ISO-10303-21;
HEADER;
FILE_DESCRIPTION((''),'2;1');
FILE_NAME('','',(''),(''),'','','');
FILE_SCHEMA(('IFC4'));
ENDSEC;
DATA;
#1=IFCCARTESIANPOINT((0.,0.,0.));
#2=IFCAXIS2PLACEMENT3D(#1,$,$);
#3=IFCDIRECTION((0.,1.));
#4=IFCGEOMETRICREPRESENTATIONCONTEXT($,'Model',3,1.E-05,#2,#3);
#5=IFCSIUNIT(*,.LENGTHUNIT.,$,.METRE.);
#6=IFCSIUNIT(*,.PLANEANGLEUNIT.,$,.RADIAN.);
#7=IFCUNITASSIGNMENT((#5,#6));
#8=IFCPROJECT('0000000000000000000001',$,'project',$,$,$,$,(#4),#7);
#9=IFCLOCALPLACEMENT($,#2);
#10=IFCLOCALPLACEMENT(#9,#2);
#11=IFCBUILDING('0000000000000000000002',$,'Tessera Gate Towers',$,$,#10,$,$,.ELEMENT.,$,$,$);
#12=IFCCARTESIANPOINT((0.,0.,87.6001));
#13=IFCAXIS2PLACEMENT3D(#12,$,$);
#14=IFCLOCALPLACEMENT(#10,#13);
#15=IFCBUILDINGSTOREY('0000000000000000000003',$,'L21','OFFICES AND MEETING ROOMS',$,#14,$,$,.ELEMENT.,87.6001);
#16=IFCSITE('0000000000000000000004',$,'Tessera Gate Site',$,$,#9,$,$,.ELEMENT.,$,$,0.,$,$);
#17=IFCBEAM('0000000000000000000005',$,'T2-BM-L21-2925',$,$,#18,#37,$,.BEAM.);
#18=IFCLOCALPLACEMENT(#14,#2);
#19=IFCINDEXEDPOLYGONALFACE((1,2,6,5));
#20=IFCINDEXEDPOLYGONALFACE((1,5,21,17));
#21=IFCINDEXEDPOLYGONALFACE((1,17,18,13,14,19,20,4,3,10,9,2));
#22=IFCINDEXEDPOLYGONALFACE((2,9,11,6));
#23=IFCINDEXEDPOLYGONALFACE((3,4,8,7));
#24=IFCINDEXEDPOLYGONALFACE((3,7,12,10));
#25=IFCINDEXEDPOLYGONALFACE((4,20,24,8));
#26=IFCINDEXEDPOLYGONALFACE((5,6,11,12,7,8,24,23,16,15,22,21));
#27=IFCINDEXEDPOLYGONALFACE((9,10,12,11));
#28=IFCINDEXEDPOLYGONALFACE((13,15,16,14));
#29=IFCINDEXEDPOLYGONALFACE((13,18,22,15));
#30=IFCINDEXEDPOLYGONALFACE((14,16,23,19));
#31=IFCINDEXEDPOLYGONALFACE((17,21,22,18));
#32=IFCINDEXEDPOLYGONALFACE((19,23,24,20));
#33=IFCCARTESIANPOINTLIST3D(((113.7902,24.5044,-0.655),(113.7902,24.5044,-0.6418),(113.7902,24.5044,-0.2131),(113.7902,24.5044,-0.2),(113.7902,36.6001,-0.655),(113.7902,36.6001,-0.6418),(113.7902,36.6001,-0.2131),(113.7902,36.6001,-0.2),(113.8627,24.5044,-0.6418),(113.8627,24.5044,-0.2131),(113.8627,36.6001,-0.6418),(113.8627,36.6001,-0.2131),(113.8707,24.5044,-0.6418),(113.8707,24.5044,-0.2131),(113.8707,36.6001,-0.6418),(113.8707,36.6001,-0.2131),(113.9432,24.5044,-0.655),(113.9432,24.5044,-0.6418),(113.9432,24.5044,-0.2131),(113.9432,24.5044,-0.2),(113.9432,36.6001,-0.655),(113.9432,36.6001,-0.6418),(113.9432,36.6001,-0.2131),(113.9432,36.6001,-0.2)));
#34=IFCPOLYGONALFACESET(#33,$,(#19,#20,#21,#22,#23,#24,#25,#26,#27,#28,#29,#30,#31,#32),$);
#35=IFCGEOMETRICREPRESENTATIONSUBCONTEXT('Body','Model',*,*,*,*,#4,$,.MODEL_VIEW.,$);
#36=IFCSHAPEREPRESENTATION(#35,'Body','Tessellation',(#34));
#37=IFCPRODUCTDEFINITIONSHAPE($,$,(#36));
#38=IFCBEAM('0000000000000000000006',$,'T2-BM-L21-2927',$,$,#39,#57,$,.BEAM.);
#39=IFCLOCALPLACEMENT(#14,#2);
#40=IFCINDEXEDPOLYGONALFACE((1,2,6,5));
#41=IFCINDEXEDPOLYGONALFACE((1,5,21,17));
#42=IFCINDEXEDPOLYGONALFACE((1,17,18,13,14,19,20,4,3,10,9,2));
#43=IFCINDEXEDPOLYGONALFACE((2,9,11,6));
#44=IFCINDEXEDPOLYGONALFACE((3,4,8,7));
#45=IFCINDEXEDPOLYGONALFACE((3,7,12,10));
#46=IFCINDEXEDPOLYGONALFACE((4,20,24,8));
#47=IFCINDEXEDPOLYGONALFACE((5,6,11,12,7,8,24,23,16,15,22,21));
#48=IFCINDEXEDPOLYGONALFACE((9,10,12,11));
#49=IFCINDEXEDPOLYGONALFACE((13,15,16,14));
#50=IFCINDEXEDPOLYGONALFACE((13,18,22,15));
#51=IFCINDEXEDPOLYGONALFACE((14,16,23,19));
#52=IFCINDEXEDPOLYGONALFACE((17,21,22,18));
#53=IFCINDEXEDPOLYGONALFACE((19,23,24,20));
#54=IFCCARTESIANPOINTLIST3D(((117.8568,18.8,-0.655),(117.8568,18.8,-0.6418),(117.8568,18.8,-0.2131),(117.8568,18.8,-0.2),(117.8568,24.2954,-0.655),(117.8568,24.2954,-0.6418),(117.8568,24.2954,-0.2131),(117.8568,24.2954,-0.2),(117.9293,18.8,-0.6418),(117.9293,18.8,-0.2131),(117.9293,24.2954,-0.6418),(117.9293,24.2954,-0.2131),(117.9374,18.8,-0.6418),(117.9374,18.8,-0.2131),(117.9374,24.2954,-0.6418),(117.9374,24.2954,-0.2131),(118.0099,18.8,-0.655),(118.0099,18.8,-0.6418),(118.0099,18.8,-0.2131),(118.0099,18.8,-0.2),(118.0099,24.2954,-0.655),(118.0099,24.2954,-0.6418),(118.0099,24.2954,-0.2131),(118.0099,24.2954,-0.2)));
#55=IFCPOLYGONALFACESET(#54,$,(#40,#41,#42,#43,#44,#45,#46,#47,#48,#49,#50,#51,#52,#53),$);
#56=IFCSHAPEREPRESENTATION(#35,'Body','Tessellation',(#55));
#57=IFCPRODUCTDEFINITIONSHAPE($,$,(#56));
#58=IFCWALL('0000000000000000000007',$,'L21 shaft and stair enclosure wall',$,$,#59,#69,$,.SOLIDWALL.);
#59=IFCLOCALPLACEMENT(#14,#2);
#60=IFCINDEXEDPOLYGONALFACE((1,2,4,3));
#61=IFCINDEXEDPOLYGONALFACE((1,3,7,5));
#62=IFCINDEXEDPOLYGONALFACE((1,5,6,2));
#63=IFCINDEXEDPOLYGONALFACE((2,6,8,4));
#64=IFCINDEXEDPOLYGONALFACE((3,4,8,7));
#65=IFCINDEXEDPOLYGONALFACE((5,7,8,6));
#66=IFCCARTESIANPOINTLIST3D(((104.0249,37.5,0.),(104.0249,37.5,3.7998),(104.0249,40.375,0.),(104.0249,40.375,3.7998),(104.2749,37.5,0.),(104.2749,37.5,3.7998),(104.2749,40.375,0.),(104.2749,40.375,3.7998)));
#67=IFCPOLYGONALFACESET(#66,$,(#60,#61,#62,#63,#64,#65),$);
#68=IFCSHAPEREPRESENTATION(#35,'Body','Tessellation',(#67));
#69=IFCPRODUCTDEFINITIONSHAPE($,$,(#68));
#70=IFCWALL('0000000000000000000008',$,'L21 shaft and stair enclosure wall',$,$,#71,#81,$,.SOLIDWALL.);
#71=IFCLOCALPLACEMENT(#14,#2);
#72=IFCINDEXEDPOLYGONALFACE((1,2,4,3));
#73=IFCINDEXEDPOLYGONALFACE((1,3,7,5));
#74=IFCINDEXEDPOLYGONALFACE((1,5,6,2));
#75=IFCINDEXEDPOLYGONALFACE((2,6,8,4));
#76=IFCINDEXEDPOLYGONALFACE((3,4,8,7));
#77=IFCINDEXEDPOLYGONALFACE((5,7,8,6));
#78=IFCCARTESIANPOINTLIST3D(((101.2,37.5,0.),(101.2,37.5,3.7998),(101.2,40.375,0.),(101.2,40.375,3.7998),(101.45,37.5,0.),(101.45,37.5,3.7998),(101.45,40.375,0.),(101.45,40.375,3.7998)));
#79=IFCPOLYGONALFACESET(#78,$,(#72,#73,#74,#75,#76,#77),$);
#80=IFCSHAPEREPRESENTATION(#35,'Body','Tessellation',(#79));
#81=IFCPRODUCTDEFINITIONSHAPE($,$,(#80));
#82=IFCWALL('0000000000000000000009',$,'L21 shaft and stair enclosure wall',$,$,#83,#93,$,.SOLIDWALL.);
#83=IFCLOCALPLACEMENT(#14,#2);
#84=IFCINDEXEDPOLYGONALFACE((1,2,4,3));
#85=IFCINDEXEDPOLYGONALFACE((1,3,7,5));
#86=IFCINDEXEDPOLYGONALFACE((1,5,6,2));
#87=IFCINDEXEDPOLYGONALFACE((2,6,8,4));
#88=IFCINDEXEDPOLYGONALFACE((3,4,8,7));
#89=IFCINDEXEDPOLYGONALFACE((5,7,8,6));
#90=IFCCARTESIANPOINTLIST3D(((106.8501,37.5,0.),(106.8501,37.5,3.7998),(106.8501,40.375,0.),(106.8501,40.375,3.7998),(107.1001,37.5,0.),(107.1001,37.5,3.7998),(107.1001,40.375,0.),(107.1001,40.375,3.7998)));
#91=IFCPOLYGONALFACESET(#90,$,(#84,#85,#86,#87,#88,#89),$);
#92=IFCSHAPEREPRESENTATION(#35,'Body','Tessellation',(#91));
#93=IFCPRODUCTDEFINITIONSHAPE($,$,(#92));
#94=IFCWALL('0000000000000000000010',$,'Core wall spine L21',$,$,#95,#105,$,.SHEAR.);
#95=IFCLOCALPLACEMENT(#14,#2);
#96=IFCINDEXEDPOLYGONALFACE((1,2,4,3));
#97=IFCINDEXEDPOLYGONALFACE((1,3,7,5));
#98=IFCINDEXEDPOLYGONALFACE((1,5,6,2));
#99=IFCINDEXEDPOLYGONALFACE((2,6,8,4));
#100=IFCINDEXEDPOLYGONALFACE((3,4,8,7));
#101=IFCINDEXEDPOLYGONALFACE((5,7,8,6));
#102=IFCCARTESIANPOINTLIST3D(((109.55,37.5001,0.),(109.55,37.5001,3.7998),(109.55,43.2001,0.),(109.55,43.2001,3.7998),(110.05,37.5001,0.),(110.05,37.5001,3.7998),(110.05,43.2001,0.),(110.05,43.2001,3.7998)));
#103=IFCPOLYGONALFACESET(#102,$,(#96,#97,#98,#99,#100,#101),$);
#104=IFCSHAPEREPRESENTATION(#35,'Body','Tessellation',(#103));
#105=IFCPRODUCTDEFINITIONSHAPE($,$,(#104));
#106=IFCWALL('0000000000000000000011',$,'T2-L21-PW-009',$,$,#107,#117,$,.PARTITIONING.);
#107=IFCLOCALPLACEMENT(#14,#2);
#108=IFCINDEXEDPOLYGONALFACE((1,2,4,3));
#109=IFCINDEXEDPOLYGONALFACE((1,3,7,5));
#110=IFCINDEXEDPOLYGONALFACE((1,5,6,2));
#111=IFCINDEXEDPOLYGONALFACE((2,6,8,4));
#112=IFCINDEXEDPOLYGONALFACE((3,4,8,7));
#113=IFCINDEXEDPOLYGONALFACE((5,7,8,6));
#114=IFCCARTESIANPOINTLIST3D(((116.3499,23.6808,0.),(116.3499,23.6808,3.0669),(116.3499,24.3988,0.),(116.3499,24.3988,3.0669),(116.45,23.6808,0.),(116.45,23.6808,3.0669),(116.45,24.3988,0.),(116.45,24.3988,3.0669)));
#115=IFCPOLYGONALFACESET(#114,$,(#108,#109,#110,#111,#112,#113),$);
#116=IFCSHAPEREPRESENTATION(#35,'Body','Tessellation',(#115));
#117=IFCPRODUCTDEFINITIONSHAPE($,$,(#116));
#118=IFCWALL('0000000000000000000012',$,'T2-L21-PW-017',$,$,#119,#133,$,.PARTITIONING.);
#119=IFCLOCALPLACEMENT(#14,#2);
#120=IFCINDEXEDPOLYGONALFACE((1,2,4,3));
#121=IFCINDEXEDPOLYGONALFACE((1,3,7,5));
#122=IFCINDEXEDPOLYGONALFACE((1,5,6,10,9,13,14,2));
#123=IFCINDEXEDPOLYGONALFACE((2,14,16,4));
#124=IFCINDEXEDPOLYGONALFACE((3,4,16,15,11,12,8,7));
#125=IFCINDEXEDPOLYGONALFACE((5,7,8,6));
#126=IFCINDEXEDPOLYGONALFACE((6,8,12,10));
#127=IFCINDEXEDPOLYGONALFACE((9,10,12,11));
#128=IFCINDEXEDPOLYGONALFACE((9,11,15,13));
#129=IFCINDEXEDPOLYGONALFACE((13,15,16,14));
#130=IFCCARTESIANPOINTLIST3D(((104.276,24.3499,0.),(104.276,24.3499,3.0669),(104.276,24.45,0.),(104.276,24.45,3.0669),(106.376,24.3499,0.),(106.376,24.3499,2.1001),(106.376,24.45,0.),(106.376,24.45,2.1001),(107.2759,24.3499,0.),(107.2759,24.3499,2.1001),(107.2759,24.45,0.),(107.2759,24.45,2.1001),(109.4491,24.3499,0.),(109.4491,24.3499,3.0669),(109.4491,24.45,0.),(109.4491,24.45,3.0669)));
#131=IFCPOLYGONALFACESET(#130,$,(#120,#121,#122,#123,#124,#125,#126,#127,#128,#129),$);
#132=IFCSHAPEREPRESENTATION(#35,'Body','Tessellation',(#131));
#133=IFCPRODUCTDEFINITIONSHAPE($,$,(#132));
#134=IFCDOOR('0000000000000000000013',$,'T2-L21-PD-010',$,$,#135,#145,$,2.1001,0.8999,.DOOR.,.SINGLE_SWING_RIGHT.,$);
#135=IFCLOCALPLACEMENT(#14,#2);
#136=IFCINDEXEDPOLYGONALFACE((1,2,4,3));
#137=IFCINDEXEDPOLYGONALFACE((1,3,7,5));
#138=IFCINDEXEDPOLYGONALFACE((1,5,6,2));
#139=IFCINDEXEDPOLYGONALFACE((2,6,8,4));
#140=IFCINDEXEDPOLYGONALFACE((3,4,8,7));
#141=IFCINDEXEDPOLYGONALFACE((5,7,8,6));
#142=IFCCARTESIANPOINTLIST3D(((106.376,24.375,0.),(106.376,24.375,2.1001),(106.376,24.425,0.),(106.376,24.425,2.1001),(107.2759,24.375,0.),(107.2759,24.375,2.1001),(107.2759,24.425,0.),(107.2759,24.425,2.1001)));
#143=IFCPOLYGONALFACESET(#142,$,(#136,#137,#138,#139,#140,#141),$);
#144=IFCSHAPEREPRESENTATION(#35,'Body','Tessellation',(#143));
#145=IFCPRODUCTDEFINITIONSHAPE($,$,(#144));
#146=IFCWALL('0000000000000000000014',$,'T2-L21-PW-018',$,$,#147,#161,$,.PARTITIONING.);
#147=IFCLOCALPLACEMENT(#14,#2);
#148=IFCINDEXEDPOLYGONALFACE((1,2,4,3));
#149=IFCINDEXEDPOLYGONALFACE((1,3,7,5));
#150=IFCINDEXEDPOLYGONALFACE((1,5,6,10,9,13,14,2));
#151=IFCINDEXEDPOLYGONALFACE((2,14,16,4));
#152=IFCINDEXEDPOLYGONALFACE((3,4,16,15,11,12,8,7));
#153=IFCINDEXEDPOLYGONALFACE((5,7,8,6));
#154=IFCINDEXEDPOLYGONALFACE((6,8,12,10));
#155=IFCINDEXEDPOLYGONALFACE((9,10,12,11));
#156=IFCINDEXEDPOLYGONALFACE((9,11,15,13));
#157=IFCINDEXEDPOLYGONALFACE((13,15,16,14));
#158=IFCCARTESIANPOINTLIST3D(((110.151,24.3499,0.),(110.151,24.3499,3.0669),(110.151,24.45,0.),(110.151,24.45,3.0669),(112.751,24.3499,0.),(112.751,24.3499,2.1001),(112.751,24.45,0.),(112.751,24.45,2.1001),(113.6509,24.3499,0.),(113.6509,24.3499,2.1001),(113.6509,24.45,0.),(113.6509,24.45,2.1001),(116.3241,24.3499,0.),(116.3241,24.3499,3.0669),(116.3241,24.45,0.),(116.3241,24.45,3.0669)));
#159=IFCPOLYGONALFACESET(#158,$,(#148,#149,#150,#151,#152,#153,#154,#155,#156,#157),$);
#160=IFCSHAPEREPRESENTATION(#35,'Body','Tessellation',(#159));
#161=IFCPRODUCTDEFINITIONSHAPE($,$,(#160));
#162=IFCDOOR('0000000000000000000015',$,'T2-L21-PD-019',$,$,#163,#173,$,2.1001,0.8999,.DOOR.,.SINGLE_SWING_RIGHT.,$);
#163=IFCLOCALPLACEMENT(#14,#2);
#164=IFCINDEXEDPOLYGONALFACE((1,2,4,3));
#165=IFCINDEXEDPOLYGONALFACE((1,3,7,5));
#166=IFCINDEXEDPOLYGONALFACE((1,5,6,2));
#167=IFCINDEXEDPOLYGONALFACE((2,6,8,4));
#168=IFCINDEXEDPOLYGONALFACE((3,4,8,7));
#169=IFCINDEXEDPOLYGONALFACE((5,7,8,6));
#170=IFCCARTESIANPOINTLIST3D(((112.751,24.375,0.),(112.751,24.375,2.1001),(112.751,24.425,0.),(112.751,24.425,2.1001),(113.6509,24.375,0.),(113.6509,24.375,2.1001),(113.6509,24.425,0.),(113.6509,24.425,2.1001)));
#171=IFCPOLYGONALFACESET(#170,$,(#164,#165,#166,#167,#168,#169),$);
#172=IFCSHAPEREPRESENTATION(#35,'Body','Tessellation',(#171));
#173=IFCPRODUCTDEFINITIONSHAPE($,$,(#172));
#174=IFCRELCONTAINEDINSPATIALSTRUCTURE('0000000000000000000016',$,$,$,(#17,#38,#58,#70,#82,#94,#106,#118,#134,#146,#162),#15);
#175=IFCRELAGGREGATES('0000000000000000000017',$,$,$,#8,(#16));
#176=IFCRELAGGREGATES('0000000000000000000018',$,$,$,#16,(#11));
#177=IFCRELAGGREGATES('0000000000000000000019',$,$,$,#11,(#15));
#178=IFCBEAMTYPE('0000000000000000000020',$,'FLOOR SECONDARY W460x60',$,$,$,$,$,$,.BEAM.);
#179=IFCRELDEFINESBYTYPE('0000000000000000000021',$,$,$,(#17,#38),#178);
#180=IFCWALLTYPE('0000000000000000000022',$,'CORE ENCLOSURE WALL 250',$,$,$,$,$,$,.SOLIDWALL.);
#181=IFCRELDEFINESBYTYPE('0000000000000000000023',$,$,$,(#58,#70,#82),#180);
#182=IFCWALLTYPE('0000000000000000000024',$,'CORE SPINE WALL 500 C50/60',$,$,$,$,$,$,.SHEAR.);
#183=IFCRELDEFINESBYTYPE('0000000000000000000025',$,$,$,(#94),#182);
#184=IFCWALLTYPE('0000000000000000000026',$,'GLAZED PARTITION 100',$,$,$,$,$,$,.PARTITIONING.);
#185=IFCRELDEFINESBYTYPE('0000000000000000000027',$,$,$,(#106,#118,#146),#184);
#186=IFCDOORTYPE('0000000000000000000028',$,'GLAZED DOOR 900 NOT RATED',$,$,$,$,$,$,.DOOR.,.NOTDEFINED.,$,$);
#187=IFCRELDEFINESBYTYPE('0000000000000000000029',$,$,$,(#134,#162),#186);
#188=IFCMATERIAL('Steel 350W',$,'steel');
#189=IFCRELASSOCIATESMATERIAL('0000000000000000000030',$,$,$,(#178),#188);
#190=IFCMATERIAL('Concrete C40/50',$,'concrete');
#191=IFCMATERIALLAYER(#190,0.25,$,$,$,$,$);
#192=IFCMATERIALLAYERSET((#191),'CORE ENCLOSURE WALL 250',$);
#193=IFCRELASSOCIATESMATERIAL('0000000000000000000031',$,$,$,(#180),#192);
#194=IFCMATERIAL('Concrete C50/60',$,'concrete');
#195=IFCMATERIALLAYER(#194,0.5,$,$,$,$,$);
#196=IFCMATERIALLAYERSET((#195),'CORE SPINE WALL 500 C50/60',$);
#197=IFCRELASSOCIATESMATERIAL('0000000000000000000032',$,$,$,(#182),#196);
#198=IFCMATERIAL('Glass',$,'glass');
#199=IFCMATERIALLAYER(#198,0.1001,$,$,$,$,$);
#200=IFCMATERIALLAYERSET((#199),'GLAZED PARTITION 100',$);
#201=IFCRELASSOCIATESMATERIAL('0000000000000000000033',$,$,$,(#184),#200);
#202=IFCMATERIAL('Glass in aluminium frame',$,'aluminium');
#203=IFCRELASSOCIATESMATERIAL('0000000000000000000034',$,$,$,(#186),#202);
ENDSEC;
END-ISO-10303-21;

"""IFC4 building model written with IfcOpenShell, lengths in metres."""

from ifc_helpers import new_model, si_unit, direction, frame, frame_2d, origin, origin_2d, place, context, subcontext, project, spatial, rectangle, i_section, extrude, source, transform, mapped, material, layer, layer_set, material_profile, profile_set, type_object, element, fill, save


model = new_model("IFC4")

# Units and contexts
model_context = context("Model", 3, precision=1e-05, world=origin(), true_north=direction((0.0, 1.0)))
body_context = subcontext(model_context, "Body", "Model", "MODEL_VIEW")
ifc_project = project(units=[si_unit("LENGTHUNIT", "METRE"), si_unit("PLANEANGLEUNIT", "RADIAN")], contexts=[model_context])

# Site, building, storey
site_placement = place(None, origin())
site = spatial("IfcSite", under=ifc_project, at=site_placement, Name="Tessera Gate Site", CompositionType="ELEMENT", RefElevation=0.0)
building_placement = place(site_placement, origin())
building = spatial("IfcBuilding", under=site, at=building_placement, Name="Tessera Gate Towers", CompositionType="ELEMENT")
storey_placement = place(building_placement, frame((0.0, 0.0, 87.6001)))
storey = spatial("IfcBuildingStorey", under=building, at=storey_placement, Name="L21", Description="OFFICES AND MEETING ROOMS", CompositionType="ELEMENT", Elevation=87.6001)

# Beams
ifc_material_1 = material(Name="Steel 350W", Category="steel")
ifc_material_profile_1 = material_profile(ifc_material_1, i_section(OverallWidth=0.1531, OverallDepth=0.4551, WebThickness=0.0081, FlangeThickness=0.0132, at=origin_2d()), Name="W460x60")
ifc_profile_set_1 = profile_set([ifc_material_profile_1], Name="Steel 350W")
beam_type_1 = type_object("IfcBeamType", Name="FLOOR SECONDARY W460x60", PredefinedType="BEAM", material=ifc_profile_set_1)
beam_1_placement = place(storey_placement, frame((113.8667, 24.5044, -0.4275), z_axis=(0.0, 1.0, 0.0), x_axis=(-1.0, 0.0, 0.0)))
element("IfcBeam", 1, at=beam_1_placement, inside=storey, type_object=beam_type_1, Name="T2-BM-L21-2925", PredefinedType="BEAM", context=body_context, shape_type="SweptSolid", body=[
    extrude(i_section(OverallWidth=0.1531, OverallDepth=0.4551, WebThickness=0.0081, FlangeThickness=0.0132, at=origin_2d()), origin(), (0.0, 0.0, 1.0), 12.0957),
])
beam_2_placement = place(storey_placement, frame((117.9333, 18.8, -0.4275), z_axis=(0.0, 1.0, 0.0), x_axis=(-1.0, 0.0, 0.0)))
element("IfcBeam", 2, at=beam_2_placement, inside=storey, type_object=beam_type_1, Name="T2-BM-L21-2927", PredefinedType="BEAM", context=body_context, shape_type="SweptSolid", body=[
    extrude(i_section(OverallWidth=0.1531, OverallDepth=0.4551, WebThickness=0.0081, FlangeThickness=0.0132, at=origin_2d()), origin(), (0.0, 0.0, 1.0), 5.4954),
])

# Walls
ifc_material_2 = material(Name="Concrete C40/50", Category="concrete")
ifc_layer_1 = layer(ifc_material_2, 0.25)
ifc_layer_set_1 = layer_set([ifc_layer_1], Name="CORE ENCLOSURE WALL 250")
wall_type_1 = type_object("IfcWallType", Name="CORE ENCLOSURE WALL 250", PredefinedType="SOLIDWALL", material=ifc_layer_set_1)
for number, where, z_axis, x_axis, name in (
    (3, (104.1499, 37.5, 0.0), (0.0, 0.0, 1.0), (0.0, 1.0, 0.0), "L21 shaft and stair enclosure wall"),
    (4, (101.325, 37.5, 0.0), (0.0, 0.0, 1.0), (0.0, 1.0, 0.0), "L21 shaft and stair enclosure wall"),
    (5, (106.9751, 37.5, 0.0), (0.0, 0.0, 1.0), (0.0, 1.0, 0.0), "L21 shaft and stair enclosure wall"),
):
    element("IfcWall", number, at=place(storey_placement, frame(where, z_axis=z_axis, x_axis=x_axis)), inside=storey, type_object=wall_type_1, Name=name, PredefinedType="SOLIDWALL", context=body_context, shape_type="SweptSolid", body=[
        extrude(rectangle(XDim=2.875, YDim=0.25, at=frame_2d((1.4375, 0.0))), origin(), (0.0, 0.0, 1.0), 3.7998),
    ])
ifc_material_3 = material(Name="Concrete C50/60", Category="concrete")
ifc_layer_2 = layer(ifc_material_3, 0.5)
ifc_layer_set_2 = layer_set([ifc_layer_2], Name="CORE SPINE WALL 500 C50/60")
wall_type_2 = type_object("IfcWallType", Name="CORE SPINE WALL 500 C50/60", PredefinedType="SHEAR", material=ifc_layer_set_2)
wall_1_placement = place(storey_placement, frame((109.8, 37.5, 0.0), z_axis=(0.0, 0.0, 1.0), x_axis=(0.0, 1.0, 0.0)))
element("IfcWall", 6, at=wall_1_placement, inside=storey, type_object=wall_type_2, Name="Core wall spine L21", PredefinedType="SHEAR", context=body_context, shape_type="SweptSolid", body=[
    extrude(rectangle(XDim=5.7, YDim=0.5, at=frame_2d((2.8501, 0.0))), origin(), (0.0, 0.0, 1.0), 3.7998),
])
ifc_material_4 = material(Name="Glass", Category="glass")
ifc_layer_3 = layer(ifc_material_4, 0.1001)
ifc_layer_set_3 = layer_set([ifc_layer_3], Name="GLAZED PARTITION 100")
wall_type_3 = type_object("IfcWallType", Name="GLAZED PARTITION 100", PredefinedType="PARTITIONING", material=ifc_layer_set_3)
wall_2_placement = place(storey_placement, frame((116.3999, 23.6809, 0.0), z_axis=(0.0, 0.0, 1.0), x_axis=(0.0, 1.0, 0.0)))
element("IfcWall", 7, at=wall_2_placement, inside=storey, type_object=wall_type_3, Name="T2-L21-PW-009", PredefinedType="PARTITIONING", context=body_context, shape_type="SweptSolid", body=[
    extrude(rectangle(XDim=0.718, YDim=0.1001, at=frame_2d((0.3589, 0.0))), origin(), (0.0, 0.0, 1.0), 3.0669),
])

# Walls, openings, doors
wall_3_placement = place(storey_placement, frame((109.449, 24.3999, 0.0), z_axis=(0.0, 0.0, 1.0), x_axis=(-1.0, 0.0, 0.0)))
wall_3 = element("IfcWall", 8, at=wall_3_placement, inside=storey, type_object=wall_type_3, Name="T2-L21-PW-017", PredefinedType="PARTITIONING", context=body_context, shape_type="SweptSolid", body=[
    extrude(rectangle(XDim=5.1731, YDim=0.1001, at=frame_2d((2.5864, 0.0))), origin(), (0.0, 0.0, 1.0), 3.0669),
])
shared_shape_1 = source(origin(), body_context, "Body", "SweptSolid", [
    extrude(rectangle(XDim=0.8999, YDim=2.1001, at=frame_2d((0.45, 1.05))), frame((0.0, 0.0601, 0.0), z_axis=(0.0, -1.0, 0.0), x_axis=(1.0, 0.0, 0.0)), (0.0, 0.0, 1.0), 0.1201),
])
opening_1_placement = place(wall_3_placement, frame((2.1731, 0.0, 0.0)))
opening_1 = element("IfcOpeningElement", 9, at=opening_1_placement, cuts=wall_3, PredefinedType="OPENING", context=body_context, shape_type="MappedRepresentation", body=[
    mapped(shared_shape_1, transform((0.0, 0.0, 0.0), scale=1.0)),
])
ifc_material_5 = material(Name="Glass in aluminium frame", Category="aluminium")
door_type_1 = type_object("IfcDoorType", Name="GLAZED DOOR 900 NOT RATED", OperationType="NOTDEFINED", PredefinedType="DOOR", material=ifc_material_5)
shared_shape_2 = source(origin(), body_context, "Body", "SweptSolid", [
    extrude(rectangle(XDim=0.8999, YDim=2.1001, at=frame_2d((0.45, 1.05))), frame((0.0, 0.0249, 0.0), z_axis=(0.0, -1.0, 0.0), x_axis=(1.0, 0.0, 0.0)), (0.0, 0.0, 1.0), 0.05),
])
door_1_placement = place(opening_1_placement, origin())
door_1 = element("IfcDoor", 10, at=door_1_placement, inside=storey, type_object=door_type_1, Name="T2-L21-PD-010", OperationType="SINGLE_SWING_RIGHT", OverallHeight=2.1001, OverallWidth=0.8999, PredefinedType="DOOR", context=body_context, shape_type="MappedRepresentation", body=[
    mapped(shared_shape_2, transform((0.0, 0.0, 0.0), scale=1.0)),
])
fill(opening_1, door_1)
wall_4_placement = place(storey_placement, frame((116.324, 24.3999, 0.0), z_axis=(0.0, 0.0, 1.0), x_axis=(-1.0, 0.0, 0.0)))
wall_4 = element("IfcWall", 11, at=wall_4_placement, inside=storey, type_object=wall_type_3, Name="T2-L21-PW-018", PredefinedType="PARTITIONING", context=body_context, shape_type="SweptSolid", body=[
    extrude(rectangle(XDim=6.1731, YDim=0.1001, at=frame_2d((3.0864, 0.0))), origin(), (0.0, 0.0, 1.0), 3.0669),
])
opening_2_placement = place(wall_4_placement, frame((2.6731, 0.0, 0.0)))
opening_2 = element("IfcOpeningElement", 12, at=opening_2_placement, cuts=wall_4, PredefinedType="OPENING", context=body_context, shape_type="MappedRepresentation", body=[
    mapped(shared_shape_1, transform((0.0, 0.0, 0.0), scale=1.0)),
])
door_2_placement = place(opening_2_placement, origin())
door_2 = element("IfcDoor", 13, at=door_2_placement, inside=storey, type_object=door_type_1, Name="T2-L21-PD-019", OperationType="SINGLE_SWING_RIGHT", OverallHeight=2.1001, OverallWidth=0.8999, PredefinedType="DOOR", context=body_context, shape_type="MappedRepresentation", body=[
    mapped(shared_shape_2, transform((0.0, 0.0, 0.0), scale=1.0)),
])
fill(opening_2, door_2)

save(model, "model.ifc")
